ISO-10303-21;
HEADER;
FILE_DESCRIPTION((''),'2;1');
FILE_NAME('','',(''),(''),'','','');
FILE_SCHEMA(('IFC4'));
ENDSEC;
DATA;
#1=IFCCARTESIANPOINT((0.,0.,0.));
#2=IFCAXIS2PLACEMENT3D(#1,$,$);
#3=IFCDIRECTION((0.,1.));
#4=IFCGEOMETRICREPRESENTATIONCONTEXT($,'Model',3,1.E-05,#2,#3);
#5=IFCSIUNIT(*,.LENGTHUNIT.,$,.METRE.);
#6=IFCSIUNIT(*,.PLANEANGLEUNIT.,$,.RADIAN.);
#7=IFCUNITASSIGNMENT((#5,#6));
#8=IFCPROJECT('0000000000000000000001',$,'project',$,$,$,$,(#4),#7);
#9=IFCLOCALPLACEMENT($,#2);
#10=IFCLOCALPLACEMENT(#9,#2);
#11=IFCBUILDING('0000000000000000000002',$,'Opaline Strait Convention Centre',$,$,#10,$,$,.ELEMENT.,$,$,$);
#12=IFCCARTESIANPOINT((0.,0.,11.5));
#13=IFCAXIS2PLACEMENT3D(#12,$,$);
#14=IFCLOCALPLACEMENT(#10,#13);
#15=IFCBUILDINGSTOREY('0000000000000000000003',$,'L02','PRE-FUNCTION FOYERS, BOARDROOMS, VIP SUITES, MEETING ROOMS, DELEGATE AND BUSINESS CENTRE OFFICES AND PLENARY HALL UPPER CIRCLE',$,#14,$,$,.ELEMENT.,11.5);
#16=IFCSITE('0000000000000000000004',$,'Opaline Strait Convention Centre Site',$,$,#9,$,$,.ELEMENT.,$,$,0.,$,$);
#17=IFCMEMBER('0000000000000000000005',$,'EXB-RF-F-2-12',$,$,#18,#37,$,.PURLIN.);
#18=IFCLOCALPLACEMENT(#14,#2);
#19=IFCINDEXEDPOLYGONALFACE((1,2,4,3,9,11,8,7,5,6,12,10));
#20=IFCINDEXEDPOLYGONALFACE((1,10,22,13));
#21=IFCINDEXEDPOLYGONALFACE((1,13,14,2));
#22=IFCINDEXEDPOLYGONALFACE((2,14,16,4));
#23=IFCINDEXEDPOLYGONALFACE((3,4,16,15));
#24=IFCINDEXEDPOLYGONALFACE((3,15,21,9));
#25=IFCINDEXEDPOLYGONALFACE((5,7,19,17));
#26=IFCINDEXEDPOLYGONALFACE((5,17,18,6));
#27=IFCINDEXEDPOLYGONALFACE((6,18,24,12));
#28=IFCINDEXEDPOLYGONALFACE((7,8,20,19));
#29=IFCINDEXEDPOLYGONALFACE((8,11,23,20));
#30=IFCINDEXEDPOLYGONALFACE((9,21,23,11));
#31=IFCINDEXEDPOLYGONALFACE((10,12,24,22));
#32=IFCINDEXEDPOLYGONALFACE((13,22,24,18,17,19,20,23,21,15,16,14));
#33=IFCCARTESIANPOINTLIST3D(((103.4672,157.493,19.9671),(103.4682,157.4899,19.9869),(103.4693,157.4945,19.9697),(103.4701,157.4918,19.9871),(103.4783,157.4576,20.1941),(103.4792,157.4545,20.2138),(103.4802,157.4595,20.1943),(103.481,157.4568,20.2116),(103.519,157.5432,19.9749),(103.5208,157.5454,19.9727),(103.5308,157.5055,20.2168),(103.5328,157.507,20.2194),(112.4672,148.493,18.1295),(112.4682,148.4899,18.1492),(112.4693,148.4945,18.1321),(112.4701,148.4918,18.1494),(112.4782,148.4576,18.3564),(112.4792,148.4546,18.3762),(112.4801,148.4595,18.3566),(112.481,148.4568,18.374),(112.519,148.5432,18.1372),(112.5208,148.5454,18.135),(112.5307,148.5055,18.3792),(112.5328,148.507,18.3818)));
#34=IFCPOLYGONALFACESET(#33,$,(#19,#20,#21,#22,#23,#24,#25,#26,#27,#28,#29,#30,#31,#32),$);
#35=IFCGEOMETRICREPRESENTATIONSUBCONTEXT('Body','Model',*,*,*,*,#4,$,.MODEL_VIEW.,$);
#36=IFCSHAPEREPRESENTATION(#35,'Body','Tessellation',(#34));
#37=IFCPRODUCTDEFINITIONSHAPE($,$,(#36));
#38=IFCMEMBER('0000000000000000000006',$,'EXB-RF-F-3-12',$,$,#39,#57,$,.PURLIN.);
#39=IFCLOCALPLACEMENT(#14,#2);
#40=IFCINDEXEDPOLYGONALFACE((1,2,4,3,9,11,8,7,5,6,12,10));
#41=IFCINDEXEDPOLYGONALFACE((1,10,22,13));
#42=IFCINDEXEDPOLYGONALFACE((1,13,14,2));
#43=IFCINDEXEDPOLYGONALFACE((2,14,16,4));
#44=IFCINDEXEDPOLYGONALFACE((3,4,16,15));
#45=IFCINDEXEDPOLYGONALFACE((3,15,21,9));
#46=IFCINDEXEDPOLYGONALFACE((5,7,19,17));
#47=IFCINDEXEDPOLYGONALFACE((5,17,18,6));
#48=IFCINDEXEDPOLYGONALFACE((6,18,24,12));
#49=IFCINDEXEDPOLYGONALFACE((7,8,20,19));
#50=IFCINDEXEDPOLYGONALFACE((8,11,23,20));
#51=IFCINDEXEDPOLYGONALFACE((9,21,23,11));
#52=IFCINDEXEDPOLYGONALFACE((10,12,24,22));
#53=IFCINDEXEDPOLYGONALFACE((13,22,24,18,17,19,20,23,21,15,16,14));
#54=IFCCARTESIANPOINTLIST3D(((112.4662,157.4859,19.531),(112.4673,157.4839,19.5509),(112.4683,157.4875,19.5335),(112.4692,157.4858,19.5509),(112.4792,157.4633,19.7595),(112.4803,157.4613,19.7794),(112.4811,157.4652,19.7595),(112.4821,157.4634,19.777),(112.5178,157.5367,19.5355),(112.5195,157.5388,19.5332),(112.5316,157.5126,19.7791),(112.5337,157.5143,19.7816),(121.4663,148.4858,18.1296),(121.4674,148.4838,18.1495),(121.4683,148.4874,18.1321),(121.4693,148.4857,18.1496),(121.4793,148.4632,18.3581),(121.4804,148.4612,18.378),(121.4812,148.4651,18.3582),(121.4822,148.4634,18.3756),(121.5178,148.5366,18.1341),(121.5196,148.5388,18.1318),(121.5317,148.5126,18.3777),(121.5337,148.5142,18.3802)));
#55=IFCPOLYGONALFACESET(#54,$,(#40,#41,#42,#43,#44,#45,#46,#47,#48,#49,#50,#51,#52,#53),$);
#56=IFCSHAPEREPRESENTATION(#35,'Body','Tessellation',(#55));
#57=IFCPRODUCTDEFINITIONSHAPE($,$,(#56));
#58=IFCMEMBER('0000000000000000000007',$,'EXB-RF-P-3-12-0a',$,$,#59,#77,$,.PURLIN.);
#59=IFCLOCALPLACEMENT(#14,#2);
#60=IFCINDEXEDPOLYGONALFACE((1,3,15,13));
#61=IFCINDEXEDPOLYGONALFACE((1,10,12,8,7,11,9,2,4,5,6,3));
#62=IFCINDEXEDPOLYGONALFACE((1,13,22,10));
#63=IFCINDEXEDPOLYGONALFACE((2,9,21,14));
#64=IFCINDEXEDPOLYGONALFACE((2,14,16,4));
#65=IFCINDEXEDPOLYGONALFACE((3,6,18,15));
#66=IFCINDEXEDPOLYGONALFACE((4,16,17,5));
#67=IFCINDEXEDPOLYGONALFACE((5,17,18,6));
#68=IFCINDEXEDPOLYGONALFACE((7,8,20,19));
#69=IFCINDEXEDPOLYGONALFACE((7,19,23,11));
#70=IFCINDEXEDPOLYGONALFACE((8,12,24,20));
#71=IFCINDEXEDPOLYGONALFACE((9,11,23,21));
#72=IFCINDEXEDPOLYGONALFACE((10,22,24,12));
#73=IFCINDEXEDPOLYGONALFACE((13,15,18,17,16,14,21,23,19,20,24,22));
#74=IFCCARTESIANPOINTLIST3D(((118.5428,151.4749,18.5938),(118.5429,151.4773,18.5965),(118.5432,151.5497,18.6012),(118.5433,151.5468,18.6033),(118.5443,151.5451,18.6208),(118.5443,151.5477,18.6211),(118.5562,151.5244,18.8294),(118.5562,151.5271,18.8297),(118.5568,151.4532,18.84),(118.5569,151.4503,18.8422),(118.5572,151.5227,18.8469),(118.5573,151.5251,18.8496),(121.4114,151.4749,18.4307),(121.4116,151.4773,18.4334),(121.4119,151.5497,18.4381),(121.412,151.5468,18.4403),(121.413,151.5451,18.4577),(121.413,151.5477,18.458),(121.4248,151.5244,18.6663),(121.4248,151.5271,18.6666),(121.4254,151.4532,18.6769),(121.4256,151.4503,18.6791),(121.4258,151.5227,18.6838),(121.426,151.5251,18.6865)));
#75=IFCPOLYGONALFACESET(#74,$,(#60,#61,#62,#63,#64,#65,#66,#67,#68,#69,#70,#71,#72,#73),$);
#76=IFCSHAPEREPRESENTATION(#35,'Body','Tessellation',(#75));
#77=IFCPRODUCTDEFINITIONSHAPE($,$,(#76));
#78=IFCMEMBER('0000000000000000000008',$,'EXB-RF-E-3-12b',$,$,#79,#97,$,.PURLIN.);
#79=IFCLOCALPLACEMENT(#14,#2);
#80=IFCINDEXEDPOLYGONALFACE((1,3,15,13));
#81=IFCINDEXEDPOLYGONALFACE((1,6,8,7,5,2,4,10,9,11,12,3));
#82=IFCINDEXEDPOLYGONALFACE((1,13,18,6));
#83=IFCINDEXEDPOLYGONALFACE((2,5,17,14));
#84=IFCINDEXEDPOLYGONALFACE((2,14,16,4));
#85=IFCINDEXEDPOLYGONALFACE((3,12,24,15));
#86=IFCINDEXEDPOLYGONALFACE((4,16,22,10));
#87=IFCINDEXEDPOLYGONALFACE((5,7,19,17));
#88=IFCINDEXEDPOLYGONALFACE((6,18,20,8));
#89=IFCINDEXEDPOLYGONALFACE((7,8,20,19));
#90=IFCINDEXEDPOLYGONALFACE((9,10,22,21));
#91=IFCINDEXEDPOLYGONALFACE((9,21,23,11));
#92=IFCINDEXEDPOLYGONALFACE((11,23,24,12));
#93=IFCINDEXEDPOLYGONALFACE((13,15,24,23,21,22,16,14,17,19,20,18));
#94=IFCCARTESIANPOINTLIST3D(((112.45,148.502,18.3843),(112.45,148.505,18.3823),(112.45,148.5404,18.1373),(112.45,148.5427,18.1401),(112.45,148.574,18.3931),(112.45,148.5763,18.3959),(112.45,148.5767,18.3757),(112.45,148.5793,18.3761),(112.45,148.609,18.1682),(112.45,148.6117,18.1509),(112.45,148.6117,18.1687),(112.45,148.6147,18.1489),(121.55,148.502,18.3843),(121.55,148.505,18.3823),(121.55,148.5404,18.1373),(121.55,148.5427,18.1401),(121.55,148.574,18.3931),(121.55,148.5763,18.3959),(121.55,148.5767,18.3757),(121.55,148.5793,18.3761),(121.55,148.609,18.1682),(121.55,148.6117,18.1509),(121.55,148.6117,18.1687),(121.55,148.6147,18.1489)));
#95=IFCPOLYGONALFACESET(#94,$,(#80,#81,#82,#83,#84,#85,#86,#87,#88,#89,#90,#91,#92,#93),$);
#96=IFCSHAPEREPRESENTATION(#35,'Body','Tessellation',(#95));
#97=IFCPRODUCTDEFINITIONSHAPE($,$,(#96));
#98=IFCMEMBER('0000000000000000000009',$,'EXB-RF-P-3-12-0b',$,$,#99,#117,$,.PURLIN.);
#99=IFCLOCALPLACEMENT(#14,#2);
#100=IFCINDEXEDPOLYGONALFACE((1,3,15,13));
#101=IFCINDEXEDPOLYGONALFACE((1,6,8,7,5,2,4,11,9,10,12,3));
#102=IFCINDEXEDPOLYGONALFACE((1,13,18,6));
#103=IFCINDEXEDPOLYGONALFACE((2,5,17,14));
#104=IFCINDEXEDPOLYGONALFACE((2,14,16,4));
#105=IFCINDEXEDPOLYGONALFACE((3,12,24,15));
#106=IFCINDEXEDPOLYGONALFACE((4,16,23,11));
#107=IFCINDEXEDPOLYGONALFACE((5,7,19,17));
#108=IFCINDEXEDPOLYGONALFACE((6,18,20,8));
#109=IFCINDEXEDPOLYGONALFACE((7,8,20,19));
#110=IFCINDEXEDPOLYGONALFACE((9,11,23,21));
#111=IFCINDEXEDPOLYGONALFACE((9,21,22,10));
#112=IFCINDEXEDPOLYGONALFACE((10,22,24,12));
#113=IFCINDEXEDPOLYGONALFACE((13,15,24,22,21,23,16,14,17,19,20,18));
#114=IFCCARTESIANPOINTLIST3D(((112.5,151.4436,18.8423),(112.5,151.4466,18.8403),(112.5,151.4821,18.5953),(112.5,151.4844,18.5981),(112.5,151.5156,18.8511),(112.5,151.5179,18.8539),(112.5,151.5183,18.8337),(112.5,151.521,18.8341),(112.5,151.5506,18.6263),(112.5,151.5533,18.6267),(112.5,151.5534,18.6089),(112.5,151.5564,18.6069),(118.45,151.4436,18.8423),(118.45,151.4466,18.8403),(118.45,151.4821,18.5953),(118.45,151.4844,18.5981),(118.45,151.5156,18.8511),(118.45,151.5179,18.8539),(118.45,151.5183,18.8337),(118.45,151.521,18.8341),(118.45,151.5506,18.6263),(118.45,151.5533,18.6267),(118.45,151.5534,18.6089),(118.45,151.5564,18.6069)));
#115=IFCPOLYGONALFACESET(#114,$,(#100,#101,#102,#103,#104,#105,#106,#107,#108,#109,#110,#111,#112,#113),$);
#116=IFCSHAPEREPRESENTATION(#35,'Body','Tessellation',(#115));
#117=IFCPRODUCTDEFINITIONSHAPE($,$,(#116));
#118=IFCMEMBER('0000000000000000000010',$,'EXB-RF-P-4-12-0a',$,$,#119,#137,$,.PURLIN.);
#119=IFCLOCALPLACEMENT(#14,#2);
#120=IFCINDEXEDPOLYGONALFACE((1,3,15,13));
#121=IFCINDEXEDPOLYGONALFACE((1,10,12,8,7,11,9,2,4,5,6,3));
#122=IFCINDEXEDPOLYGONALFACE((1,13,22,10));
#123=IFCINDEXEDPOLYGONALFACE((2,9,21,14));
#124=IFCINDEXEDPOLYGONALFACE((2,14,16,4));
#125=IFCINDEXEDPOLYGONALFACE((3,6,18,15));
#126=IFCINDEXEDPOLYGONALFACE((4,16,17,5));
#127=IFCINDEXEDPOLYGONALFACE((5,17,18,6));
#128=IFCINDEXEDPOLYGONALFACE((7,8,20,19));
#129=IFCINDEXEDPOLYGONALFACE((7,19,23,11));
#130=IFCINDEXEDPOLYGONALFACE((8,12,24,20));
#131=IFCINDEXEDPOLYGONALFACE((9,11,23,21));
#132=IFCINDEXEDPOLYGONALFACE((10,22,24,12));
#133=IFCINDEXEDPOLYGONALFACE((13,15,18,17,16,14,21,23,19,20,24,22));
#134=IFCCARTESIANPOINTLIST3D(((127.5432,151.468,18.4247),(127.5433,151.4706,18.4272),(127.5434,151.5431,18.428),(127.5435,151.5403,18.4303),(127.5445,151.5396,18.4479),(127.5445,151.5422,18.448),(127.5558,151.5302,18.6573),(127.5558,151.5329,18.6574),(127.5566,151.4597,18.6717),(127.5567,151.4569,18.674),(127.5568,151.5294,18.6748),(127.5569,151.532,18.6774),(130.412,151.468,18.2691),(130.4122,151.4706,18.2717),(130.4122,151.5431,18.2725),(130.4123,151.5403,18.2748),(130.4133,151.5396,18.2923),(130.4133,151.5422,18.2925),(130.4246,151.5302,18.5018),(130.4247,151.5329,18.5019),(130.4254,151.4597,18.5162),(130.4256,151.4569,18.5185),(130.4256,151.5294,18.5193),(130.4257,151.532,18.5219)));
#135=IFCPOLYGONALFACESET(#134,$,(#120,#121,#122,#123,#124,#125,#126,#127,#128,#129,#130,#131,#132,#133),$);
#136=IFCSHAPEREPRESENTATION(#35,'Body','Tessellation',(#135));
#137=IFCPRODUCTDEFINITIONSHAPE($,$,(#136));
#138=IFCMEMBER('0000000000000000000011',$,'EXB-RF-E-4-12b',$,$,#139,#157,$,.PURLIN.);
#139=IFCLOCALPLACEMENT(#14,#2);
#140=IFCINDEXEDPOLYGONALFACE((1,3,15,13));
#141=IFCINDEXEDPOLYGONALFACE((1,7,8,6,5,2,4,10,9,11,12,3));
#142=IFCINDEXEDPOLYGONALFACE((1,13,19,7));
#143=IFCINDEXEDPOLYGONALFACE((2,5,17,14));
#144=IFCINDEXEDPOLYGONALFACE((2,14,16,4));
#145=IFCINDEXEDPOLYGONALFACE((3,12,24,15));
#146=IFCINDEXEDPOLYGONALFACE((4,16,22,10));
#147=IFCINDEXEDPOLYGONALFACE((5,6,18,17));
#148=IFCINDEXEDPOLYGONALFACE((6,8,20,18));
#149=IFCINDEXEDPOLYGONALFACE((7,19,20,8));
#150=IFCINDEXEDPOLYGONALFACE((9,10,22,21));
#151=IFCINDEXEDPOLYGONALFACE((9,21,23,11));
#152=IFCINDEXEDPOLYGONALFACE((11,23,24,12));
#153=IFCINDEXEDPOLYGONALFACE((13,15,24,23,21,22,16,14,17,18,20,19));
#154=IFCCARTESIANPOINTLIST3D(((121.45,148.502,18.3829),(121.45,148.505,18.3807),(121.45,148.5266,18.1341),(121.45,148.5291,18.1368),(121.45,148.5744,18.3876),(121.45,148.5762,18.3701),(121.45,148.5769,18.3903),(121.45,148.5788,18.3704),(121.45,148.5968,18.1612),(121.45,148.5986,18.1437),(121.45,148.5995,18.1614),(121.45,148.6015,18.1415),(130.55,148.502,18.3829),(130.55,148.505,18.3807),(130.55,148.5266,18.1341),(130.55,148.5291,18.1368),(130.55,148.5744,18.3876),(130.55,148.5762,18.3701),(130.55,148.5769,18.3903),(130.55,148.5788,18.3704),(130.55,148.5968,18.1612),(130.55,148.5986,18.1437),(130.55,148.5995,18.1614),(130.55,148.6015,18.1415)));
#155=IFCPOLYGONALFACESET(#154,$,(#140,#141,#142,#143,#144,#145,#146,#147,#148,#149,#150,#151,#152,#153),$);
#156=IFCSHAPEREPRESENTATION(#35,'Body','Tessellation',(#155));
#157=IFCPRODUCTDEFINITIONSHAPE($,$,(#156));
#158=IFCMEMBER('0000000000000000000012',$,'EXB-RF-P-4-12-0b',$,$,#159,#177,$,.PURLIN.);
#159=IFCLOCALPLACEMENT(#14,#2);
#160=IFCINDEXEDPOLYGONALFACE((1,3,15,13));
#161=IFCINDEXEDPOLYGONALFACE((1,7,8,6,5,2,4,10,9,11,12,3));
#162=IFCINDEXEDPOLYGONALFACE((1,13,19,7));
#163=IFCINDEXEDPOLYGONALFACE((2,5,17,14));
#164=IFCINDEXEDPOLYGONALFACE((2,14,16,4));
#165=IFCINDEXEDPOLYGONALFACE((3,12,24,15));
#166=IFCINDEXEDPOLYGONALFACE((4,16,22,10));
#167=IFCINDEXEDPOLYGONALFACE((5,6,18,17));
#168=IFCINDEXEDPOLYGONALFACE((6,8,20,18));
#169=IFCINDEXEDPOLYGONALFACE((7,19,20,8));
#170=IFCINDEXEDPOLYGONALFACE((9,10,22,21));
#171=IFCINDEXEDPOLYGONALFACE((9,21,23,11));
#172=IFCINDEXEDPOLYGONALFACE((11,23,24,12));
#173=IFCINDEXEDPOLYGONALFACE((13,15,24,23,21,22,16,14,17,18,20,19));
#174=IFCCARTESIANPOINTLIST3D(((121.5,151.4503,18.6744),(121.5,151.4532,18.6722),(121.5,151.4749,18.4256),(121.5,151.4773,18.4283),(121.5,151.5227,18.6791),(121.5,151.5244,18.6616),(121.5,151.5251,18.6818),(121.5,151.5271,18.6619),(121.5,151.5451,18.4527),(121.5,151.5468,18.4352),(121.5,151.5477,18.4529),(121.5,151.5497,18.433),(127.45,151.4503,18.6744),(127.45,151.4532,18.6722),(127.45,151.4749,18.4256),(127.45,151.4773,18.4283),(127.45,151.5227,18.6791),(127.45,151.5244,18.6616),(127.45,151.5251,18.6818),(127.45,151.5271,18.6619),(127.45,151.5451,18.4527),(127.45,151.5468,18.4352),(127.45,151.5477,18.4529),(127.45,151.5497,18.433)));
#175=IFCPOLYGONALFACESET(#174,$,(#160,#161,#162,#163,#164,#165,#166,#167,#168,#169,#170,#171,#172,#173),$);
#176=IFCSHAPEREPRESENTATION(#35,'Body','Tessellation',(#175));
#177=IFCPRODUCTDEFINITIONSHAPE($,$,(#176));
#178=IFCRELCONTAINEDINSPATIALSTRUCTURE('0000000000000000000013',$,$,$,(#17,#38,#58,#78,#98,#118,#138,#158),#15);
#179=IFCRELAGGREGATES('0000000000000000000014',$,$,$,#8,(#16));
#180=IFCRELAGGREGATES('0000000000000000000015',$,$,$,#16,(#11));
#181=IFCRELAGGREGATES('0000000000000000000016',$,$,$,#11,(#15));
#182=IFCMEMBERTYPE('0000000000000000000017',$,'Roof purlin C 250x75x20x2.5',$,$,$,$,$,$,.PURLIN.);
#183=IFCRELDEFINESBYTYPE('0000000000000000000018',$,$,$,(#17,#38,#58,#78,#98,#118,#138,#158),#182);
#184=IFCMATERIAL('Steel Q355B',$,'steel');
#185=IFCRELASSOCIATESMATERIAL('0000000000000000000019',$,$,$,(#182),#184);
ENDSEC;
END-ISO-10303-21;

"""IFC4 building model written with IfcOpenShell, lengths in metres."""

from ifc_helpers import new_model, si_unit, direction, frame, origin, place, context, subcontext, project, spatial, polyline, outline, extrude, material, material_profile, profile_set, type_object, element, save


model = new_model("IFC4")

# Units and contexts
model_context = context("Model", 3, precision=1e-05, world=origin(), true_north=direction((0.0, 1.0)))
body_context = subcontext(model_context, "Body", "Model", "MODEL_VIEW")
ifc_project = project(units=[si_unit("LENGTHUNIT", "METRE"), si_unit("PLANEANGLEUNIT", "RADIAN")], contexts=[model_context])

# Site, building, storey
site_placement = place(None, origin())
site = spatial("IfcSite", under=ifc_project, at=site_placement, Name="Opaline Strait Convention Centre Site", CompositionType="ELEMENT", RefElevation=0.0)
building_placement = place(site_placement, origin())
building = spatial("IfcBuilding", under=site, at=building_placement, Name="Opaline Strait Convention Centre", CompositionType="ELEMENT")
storey_placement = place(building_placement, frame((0.0, 0.0, 11.5)))
storey = spatial("IfcBuildingStorey", under=building, at=storey_placement, Name="L02", Description="PRE-FUNCTION FOYERS, BOARDROOMS, VIP SUITES, MEETING ROOMS, DELEGATE AND BUSINESS CENTRE OFFICES AND PLENARY HALL UPPER CIRCLE", CompositionType="ELEMENT", Elevation=11.5)

# Members
ifc_material_1 = material(Name="Steel Q355B", Category="steel")
ifc_material_profile_1 = material_profile(ifc_material_1, outline(polyline([(-0.0376, -0.125), (0.0376, -0.125), (0.0376, -0.105), (0.0349, -0.105), (0.0349, -0.1226), (-0.0349, -0.1226), (-0.0349, 0.1226), (0.0349, 0.1226), (0.0349, 0.105), (0.0376, 0.105), (0.0376, 0.125), (-0.0376, 0.125), (-0.0376, -0.125)])), Name="C 250x75x20x2.5")
ifc_profile_set_1 = profile_set([ifc_material_profile_1], Name="Steel Q355B")
member_type_1 = type_object("IfcMemberType", Name="Roof purlin C 250x75x20x2.5", PredefinedType="PURLIN", material=ifc_profile_set_1)
member_1_placement = place(storey_placement, frame((112.5, 148.5, 18.2556), z_axis=(-0.69985, 0.69985, 0.142897), x_axis=(-0.712685, -0.697563, -0.074065)))
element("IfcMember", 1, at=member_1_placement, inside=storey, type_object=member_type_1, Name="EXB-RF-F-2-12", PredefinedType="PURLIN", context=body_context, shape_type="SweptSolid", body=[
    extrude(outline(polyline([(-0.0376, -0.125), (0.0376, -0.125), (0.0376, -0.105), (0.0349, -0.105), (0.0349, -0.1226), (-0.0349, -0.1226), (-0.0349, 0.1226), (0.0349, 0.1226), (0.0349, 0.105), (0.0376, 0.105), (0.0376, 0.125), (-0.0376, 0.125), (-0.0376, -0.125)])), origin(), (0.0, 0.0, 1.0), 12.8599),
])
member_2_placement = place(storey_placement, frame((121.5, 148.5, 18.2549), z_axis=(-0.702859, 0.702859, 0.10944), x_axis=(-0.709082, -0.704516, -0.029329)))
element("IfcMember", 2, at=member_2_placement, inside=storey, type_object=member_type_1, Name="EXB-RF-F-3-12", PredefinedType="PURLIN", context=body_context, shape_type="SweptSolid", body=[
    extrude(outline(polyline([(-0.0376, -0.125), (0.0376, -0.125), (0.0376, -0.105), (0.0349, -0.105), (0.0349, -0.1226), (-0.0349, -0.1226), (-0.0349, 0.1226), (0.0349, 0.1226), (0.0349, 0.105), (0.0376, 0.105), (0.0376, 0.125), (-0.0376, 0.125), (-0.0376, -0.125)])), origin(), (0.0, 0.0, 1.0), 12.8049),
])
member_3_placement = place(storey_placement, frame((118.55, 151.5, 18.7217), z_axis=(0.998388, 0.0, -0.056759), x_axis=(0.005584, 0.995149, 0.09822)))
element("IfcMember", 3, at=member_3_placement, inside=storey, type_object=member_type_1, Name="EXB-RF-P-3-12-0a", PredefinedType="PURLIN", context=body_context, shape_type="SweptSolid", body=[
    extrude(outline(polyline([(-0.0376, -0.125), (0.0376, -0.125), (0.0376, -0.105), (0.0349, -0.105), (0.0349, -0.1226), (-0.0349, -0.1226), (-0.0349, 0.1226), (0.0349, 0.1226), (0.0349, 0.105), (0.0376, 0.105), (0.0376, 0.125), (-0.0376, 0.125), (-0.0376, -0.125)])), origin(), (0.0, 0.0, 1.0), 2.8733),
])
member_4_placement = place(storey_placement, frame((112.45, 148.5583, 18.2666), z_axis=(1.0, 0.0, 0.0), x_axis=(0.0, 0.988092, 0.153864)))
element("IfcMember", 4, at=member_4_placement, inside=storey, type_object=member_type_1, Name="EXB-RF-E-3-12b", PredefinedType="PURLIN", context=body_context, shape_type="SweptSolid", body=[
    extrude(outline(polyline([(-0.0376, -0.125), (0.0376, -0.125), (0.0376, -0.105), (0.0349, -0.105), (0.0349, -0.1226), (-0.0349, -0.1226), (-0.0349, 0.1226), (0.0349, 0.1226), (0.0349, 0.105), (0.0376, 0.105), (0.0376, 0.125), (-0.0376, 0.125), (-0.0376, -0.125)])), origin(), (0.0, 0.0, 1.0), 9.1001),
])
member_5_placement = place(storey_placement, frame((112.5, 151.5, 18.7246), z_axis=(1.0, 0.0, 0.0), x_axis=(0.0, 0.988092, 0.153864)))
element("IfcMember", 5, at=member_5_placement, inside=storey, type_object=member_type_1, Name="EXB-RF-P-3-12-0b", PredefinedType="PURLIN", context=body_context, shape_type="SweptSolid", body=[
    extrude(outline(polyline([(-0.0376, -0.125), (0.0376, -0.125), (0.0376, -0.105), (0.0349, -0.105), (0.0349, -0.1226), (-0.0349, -0.1226), (-0.0349, 0.1226), (0.0349, 0.1226), (0.0349, 0.105), (0.0376, 0.105), (0.0376, 0.125), (-0.0376, 0.125), (-0.0376, -0.125)])), origin(), (0.0, 0.0, 1.0), 5.95),
])
member_6_placement = place(storey_placement, frame((127.55, 151.5, 18.551), z_axis=(0.998534, 0.0, -0.054129), x_axis=(0.002414, 0.999005, 0.044541)))
element("IfcMember", 6, at=member_6_placement, inside=storey, type_object=member_type_1, Name="EXB-RF-P-4-12-0a", PredefinedType="PURLIN", context=body_context, shape_type="SweptSolid", body=[
    extrude(outline(polyline([(-0.0376, -0.125), (0.0376, -0.125), (0.0376, -0.105), (0.0349, -0.105), (0.0349, -0.1226), (-0.0349, -0.1226), (-0.0349, 0.1226), (0.0349, 0.1226), (0.0349, 0.105), (0.0376, 0.105), (0.0376, 0.125), (-0.0376, 0.125), (-0.0376, -0.125)])), origin(), (0.0, 0.0, 1.0), 2.873),
])
member_7_placement = place(storey_placement, frame((121.45, 148.5518, 18.2622), z_axis=(1.0, 0.0, 0.0), x_axis=(0.0, 0.995149, 0.098378)))
element("IfcMember", 7, at=member_7_placement, inside=storey, type_object=member_type_1, Name="EXB-RF-E-4-12b", PredefinedType="PURLIN", context=body_context, shape_type="SweptSolid", body=[
    extrude(outline(polyline([(-0.0376, -0.125), (0.0376, -0.125), (0.0376, -0.105), (0.0349, -0.105), (0.0349, -0.1226), (-0.0349, -0.1226), (-0.0349, 0.1226), (0.0349, 0.1226), (0.0349, 0.105), (0.0376, 0.105), (0.0376, 0.125), (-0.0376, 0.125), (-0.0376, -0.125)])), origin(), (0.0, 0.0, 1.0), 9.1001),
])
member_8_placement = place(storey_placement, frame((121.5, 151.5, 18.5537), z_axis=(1.0, 0.0, 0.0), x_axis=(0.0, 0.995149, 0.098378)))
element("IfcMember", 8, at=member_8_placement, inside=storey, type_object=member_type_1, Name="EXB-RF-P-4-12-0b", PredefinedType="PURLIN", context=body_context, shape_type="SweptSolid", body=[
    extrude(outline(polyline([(-0.0376, -0.125), (0.0376, -0.125), (0.0376, -0.105), (0.0349, -0.105), (0.0349, -0.1226), (-0.0349, -0.1226), (-0.0349, 0.1226), (0.0349, 0.1226), (0.0349, 0.105), (0.0376, 0.105), (0.0376, 0.125), (-0.0376, 0.125), (-0.0376, -0.125)])), origin(), (0.0, 0.0, 1.0), 5.95),
])

save(model, "model.ifc")
